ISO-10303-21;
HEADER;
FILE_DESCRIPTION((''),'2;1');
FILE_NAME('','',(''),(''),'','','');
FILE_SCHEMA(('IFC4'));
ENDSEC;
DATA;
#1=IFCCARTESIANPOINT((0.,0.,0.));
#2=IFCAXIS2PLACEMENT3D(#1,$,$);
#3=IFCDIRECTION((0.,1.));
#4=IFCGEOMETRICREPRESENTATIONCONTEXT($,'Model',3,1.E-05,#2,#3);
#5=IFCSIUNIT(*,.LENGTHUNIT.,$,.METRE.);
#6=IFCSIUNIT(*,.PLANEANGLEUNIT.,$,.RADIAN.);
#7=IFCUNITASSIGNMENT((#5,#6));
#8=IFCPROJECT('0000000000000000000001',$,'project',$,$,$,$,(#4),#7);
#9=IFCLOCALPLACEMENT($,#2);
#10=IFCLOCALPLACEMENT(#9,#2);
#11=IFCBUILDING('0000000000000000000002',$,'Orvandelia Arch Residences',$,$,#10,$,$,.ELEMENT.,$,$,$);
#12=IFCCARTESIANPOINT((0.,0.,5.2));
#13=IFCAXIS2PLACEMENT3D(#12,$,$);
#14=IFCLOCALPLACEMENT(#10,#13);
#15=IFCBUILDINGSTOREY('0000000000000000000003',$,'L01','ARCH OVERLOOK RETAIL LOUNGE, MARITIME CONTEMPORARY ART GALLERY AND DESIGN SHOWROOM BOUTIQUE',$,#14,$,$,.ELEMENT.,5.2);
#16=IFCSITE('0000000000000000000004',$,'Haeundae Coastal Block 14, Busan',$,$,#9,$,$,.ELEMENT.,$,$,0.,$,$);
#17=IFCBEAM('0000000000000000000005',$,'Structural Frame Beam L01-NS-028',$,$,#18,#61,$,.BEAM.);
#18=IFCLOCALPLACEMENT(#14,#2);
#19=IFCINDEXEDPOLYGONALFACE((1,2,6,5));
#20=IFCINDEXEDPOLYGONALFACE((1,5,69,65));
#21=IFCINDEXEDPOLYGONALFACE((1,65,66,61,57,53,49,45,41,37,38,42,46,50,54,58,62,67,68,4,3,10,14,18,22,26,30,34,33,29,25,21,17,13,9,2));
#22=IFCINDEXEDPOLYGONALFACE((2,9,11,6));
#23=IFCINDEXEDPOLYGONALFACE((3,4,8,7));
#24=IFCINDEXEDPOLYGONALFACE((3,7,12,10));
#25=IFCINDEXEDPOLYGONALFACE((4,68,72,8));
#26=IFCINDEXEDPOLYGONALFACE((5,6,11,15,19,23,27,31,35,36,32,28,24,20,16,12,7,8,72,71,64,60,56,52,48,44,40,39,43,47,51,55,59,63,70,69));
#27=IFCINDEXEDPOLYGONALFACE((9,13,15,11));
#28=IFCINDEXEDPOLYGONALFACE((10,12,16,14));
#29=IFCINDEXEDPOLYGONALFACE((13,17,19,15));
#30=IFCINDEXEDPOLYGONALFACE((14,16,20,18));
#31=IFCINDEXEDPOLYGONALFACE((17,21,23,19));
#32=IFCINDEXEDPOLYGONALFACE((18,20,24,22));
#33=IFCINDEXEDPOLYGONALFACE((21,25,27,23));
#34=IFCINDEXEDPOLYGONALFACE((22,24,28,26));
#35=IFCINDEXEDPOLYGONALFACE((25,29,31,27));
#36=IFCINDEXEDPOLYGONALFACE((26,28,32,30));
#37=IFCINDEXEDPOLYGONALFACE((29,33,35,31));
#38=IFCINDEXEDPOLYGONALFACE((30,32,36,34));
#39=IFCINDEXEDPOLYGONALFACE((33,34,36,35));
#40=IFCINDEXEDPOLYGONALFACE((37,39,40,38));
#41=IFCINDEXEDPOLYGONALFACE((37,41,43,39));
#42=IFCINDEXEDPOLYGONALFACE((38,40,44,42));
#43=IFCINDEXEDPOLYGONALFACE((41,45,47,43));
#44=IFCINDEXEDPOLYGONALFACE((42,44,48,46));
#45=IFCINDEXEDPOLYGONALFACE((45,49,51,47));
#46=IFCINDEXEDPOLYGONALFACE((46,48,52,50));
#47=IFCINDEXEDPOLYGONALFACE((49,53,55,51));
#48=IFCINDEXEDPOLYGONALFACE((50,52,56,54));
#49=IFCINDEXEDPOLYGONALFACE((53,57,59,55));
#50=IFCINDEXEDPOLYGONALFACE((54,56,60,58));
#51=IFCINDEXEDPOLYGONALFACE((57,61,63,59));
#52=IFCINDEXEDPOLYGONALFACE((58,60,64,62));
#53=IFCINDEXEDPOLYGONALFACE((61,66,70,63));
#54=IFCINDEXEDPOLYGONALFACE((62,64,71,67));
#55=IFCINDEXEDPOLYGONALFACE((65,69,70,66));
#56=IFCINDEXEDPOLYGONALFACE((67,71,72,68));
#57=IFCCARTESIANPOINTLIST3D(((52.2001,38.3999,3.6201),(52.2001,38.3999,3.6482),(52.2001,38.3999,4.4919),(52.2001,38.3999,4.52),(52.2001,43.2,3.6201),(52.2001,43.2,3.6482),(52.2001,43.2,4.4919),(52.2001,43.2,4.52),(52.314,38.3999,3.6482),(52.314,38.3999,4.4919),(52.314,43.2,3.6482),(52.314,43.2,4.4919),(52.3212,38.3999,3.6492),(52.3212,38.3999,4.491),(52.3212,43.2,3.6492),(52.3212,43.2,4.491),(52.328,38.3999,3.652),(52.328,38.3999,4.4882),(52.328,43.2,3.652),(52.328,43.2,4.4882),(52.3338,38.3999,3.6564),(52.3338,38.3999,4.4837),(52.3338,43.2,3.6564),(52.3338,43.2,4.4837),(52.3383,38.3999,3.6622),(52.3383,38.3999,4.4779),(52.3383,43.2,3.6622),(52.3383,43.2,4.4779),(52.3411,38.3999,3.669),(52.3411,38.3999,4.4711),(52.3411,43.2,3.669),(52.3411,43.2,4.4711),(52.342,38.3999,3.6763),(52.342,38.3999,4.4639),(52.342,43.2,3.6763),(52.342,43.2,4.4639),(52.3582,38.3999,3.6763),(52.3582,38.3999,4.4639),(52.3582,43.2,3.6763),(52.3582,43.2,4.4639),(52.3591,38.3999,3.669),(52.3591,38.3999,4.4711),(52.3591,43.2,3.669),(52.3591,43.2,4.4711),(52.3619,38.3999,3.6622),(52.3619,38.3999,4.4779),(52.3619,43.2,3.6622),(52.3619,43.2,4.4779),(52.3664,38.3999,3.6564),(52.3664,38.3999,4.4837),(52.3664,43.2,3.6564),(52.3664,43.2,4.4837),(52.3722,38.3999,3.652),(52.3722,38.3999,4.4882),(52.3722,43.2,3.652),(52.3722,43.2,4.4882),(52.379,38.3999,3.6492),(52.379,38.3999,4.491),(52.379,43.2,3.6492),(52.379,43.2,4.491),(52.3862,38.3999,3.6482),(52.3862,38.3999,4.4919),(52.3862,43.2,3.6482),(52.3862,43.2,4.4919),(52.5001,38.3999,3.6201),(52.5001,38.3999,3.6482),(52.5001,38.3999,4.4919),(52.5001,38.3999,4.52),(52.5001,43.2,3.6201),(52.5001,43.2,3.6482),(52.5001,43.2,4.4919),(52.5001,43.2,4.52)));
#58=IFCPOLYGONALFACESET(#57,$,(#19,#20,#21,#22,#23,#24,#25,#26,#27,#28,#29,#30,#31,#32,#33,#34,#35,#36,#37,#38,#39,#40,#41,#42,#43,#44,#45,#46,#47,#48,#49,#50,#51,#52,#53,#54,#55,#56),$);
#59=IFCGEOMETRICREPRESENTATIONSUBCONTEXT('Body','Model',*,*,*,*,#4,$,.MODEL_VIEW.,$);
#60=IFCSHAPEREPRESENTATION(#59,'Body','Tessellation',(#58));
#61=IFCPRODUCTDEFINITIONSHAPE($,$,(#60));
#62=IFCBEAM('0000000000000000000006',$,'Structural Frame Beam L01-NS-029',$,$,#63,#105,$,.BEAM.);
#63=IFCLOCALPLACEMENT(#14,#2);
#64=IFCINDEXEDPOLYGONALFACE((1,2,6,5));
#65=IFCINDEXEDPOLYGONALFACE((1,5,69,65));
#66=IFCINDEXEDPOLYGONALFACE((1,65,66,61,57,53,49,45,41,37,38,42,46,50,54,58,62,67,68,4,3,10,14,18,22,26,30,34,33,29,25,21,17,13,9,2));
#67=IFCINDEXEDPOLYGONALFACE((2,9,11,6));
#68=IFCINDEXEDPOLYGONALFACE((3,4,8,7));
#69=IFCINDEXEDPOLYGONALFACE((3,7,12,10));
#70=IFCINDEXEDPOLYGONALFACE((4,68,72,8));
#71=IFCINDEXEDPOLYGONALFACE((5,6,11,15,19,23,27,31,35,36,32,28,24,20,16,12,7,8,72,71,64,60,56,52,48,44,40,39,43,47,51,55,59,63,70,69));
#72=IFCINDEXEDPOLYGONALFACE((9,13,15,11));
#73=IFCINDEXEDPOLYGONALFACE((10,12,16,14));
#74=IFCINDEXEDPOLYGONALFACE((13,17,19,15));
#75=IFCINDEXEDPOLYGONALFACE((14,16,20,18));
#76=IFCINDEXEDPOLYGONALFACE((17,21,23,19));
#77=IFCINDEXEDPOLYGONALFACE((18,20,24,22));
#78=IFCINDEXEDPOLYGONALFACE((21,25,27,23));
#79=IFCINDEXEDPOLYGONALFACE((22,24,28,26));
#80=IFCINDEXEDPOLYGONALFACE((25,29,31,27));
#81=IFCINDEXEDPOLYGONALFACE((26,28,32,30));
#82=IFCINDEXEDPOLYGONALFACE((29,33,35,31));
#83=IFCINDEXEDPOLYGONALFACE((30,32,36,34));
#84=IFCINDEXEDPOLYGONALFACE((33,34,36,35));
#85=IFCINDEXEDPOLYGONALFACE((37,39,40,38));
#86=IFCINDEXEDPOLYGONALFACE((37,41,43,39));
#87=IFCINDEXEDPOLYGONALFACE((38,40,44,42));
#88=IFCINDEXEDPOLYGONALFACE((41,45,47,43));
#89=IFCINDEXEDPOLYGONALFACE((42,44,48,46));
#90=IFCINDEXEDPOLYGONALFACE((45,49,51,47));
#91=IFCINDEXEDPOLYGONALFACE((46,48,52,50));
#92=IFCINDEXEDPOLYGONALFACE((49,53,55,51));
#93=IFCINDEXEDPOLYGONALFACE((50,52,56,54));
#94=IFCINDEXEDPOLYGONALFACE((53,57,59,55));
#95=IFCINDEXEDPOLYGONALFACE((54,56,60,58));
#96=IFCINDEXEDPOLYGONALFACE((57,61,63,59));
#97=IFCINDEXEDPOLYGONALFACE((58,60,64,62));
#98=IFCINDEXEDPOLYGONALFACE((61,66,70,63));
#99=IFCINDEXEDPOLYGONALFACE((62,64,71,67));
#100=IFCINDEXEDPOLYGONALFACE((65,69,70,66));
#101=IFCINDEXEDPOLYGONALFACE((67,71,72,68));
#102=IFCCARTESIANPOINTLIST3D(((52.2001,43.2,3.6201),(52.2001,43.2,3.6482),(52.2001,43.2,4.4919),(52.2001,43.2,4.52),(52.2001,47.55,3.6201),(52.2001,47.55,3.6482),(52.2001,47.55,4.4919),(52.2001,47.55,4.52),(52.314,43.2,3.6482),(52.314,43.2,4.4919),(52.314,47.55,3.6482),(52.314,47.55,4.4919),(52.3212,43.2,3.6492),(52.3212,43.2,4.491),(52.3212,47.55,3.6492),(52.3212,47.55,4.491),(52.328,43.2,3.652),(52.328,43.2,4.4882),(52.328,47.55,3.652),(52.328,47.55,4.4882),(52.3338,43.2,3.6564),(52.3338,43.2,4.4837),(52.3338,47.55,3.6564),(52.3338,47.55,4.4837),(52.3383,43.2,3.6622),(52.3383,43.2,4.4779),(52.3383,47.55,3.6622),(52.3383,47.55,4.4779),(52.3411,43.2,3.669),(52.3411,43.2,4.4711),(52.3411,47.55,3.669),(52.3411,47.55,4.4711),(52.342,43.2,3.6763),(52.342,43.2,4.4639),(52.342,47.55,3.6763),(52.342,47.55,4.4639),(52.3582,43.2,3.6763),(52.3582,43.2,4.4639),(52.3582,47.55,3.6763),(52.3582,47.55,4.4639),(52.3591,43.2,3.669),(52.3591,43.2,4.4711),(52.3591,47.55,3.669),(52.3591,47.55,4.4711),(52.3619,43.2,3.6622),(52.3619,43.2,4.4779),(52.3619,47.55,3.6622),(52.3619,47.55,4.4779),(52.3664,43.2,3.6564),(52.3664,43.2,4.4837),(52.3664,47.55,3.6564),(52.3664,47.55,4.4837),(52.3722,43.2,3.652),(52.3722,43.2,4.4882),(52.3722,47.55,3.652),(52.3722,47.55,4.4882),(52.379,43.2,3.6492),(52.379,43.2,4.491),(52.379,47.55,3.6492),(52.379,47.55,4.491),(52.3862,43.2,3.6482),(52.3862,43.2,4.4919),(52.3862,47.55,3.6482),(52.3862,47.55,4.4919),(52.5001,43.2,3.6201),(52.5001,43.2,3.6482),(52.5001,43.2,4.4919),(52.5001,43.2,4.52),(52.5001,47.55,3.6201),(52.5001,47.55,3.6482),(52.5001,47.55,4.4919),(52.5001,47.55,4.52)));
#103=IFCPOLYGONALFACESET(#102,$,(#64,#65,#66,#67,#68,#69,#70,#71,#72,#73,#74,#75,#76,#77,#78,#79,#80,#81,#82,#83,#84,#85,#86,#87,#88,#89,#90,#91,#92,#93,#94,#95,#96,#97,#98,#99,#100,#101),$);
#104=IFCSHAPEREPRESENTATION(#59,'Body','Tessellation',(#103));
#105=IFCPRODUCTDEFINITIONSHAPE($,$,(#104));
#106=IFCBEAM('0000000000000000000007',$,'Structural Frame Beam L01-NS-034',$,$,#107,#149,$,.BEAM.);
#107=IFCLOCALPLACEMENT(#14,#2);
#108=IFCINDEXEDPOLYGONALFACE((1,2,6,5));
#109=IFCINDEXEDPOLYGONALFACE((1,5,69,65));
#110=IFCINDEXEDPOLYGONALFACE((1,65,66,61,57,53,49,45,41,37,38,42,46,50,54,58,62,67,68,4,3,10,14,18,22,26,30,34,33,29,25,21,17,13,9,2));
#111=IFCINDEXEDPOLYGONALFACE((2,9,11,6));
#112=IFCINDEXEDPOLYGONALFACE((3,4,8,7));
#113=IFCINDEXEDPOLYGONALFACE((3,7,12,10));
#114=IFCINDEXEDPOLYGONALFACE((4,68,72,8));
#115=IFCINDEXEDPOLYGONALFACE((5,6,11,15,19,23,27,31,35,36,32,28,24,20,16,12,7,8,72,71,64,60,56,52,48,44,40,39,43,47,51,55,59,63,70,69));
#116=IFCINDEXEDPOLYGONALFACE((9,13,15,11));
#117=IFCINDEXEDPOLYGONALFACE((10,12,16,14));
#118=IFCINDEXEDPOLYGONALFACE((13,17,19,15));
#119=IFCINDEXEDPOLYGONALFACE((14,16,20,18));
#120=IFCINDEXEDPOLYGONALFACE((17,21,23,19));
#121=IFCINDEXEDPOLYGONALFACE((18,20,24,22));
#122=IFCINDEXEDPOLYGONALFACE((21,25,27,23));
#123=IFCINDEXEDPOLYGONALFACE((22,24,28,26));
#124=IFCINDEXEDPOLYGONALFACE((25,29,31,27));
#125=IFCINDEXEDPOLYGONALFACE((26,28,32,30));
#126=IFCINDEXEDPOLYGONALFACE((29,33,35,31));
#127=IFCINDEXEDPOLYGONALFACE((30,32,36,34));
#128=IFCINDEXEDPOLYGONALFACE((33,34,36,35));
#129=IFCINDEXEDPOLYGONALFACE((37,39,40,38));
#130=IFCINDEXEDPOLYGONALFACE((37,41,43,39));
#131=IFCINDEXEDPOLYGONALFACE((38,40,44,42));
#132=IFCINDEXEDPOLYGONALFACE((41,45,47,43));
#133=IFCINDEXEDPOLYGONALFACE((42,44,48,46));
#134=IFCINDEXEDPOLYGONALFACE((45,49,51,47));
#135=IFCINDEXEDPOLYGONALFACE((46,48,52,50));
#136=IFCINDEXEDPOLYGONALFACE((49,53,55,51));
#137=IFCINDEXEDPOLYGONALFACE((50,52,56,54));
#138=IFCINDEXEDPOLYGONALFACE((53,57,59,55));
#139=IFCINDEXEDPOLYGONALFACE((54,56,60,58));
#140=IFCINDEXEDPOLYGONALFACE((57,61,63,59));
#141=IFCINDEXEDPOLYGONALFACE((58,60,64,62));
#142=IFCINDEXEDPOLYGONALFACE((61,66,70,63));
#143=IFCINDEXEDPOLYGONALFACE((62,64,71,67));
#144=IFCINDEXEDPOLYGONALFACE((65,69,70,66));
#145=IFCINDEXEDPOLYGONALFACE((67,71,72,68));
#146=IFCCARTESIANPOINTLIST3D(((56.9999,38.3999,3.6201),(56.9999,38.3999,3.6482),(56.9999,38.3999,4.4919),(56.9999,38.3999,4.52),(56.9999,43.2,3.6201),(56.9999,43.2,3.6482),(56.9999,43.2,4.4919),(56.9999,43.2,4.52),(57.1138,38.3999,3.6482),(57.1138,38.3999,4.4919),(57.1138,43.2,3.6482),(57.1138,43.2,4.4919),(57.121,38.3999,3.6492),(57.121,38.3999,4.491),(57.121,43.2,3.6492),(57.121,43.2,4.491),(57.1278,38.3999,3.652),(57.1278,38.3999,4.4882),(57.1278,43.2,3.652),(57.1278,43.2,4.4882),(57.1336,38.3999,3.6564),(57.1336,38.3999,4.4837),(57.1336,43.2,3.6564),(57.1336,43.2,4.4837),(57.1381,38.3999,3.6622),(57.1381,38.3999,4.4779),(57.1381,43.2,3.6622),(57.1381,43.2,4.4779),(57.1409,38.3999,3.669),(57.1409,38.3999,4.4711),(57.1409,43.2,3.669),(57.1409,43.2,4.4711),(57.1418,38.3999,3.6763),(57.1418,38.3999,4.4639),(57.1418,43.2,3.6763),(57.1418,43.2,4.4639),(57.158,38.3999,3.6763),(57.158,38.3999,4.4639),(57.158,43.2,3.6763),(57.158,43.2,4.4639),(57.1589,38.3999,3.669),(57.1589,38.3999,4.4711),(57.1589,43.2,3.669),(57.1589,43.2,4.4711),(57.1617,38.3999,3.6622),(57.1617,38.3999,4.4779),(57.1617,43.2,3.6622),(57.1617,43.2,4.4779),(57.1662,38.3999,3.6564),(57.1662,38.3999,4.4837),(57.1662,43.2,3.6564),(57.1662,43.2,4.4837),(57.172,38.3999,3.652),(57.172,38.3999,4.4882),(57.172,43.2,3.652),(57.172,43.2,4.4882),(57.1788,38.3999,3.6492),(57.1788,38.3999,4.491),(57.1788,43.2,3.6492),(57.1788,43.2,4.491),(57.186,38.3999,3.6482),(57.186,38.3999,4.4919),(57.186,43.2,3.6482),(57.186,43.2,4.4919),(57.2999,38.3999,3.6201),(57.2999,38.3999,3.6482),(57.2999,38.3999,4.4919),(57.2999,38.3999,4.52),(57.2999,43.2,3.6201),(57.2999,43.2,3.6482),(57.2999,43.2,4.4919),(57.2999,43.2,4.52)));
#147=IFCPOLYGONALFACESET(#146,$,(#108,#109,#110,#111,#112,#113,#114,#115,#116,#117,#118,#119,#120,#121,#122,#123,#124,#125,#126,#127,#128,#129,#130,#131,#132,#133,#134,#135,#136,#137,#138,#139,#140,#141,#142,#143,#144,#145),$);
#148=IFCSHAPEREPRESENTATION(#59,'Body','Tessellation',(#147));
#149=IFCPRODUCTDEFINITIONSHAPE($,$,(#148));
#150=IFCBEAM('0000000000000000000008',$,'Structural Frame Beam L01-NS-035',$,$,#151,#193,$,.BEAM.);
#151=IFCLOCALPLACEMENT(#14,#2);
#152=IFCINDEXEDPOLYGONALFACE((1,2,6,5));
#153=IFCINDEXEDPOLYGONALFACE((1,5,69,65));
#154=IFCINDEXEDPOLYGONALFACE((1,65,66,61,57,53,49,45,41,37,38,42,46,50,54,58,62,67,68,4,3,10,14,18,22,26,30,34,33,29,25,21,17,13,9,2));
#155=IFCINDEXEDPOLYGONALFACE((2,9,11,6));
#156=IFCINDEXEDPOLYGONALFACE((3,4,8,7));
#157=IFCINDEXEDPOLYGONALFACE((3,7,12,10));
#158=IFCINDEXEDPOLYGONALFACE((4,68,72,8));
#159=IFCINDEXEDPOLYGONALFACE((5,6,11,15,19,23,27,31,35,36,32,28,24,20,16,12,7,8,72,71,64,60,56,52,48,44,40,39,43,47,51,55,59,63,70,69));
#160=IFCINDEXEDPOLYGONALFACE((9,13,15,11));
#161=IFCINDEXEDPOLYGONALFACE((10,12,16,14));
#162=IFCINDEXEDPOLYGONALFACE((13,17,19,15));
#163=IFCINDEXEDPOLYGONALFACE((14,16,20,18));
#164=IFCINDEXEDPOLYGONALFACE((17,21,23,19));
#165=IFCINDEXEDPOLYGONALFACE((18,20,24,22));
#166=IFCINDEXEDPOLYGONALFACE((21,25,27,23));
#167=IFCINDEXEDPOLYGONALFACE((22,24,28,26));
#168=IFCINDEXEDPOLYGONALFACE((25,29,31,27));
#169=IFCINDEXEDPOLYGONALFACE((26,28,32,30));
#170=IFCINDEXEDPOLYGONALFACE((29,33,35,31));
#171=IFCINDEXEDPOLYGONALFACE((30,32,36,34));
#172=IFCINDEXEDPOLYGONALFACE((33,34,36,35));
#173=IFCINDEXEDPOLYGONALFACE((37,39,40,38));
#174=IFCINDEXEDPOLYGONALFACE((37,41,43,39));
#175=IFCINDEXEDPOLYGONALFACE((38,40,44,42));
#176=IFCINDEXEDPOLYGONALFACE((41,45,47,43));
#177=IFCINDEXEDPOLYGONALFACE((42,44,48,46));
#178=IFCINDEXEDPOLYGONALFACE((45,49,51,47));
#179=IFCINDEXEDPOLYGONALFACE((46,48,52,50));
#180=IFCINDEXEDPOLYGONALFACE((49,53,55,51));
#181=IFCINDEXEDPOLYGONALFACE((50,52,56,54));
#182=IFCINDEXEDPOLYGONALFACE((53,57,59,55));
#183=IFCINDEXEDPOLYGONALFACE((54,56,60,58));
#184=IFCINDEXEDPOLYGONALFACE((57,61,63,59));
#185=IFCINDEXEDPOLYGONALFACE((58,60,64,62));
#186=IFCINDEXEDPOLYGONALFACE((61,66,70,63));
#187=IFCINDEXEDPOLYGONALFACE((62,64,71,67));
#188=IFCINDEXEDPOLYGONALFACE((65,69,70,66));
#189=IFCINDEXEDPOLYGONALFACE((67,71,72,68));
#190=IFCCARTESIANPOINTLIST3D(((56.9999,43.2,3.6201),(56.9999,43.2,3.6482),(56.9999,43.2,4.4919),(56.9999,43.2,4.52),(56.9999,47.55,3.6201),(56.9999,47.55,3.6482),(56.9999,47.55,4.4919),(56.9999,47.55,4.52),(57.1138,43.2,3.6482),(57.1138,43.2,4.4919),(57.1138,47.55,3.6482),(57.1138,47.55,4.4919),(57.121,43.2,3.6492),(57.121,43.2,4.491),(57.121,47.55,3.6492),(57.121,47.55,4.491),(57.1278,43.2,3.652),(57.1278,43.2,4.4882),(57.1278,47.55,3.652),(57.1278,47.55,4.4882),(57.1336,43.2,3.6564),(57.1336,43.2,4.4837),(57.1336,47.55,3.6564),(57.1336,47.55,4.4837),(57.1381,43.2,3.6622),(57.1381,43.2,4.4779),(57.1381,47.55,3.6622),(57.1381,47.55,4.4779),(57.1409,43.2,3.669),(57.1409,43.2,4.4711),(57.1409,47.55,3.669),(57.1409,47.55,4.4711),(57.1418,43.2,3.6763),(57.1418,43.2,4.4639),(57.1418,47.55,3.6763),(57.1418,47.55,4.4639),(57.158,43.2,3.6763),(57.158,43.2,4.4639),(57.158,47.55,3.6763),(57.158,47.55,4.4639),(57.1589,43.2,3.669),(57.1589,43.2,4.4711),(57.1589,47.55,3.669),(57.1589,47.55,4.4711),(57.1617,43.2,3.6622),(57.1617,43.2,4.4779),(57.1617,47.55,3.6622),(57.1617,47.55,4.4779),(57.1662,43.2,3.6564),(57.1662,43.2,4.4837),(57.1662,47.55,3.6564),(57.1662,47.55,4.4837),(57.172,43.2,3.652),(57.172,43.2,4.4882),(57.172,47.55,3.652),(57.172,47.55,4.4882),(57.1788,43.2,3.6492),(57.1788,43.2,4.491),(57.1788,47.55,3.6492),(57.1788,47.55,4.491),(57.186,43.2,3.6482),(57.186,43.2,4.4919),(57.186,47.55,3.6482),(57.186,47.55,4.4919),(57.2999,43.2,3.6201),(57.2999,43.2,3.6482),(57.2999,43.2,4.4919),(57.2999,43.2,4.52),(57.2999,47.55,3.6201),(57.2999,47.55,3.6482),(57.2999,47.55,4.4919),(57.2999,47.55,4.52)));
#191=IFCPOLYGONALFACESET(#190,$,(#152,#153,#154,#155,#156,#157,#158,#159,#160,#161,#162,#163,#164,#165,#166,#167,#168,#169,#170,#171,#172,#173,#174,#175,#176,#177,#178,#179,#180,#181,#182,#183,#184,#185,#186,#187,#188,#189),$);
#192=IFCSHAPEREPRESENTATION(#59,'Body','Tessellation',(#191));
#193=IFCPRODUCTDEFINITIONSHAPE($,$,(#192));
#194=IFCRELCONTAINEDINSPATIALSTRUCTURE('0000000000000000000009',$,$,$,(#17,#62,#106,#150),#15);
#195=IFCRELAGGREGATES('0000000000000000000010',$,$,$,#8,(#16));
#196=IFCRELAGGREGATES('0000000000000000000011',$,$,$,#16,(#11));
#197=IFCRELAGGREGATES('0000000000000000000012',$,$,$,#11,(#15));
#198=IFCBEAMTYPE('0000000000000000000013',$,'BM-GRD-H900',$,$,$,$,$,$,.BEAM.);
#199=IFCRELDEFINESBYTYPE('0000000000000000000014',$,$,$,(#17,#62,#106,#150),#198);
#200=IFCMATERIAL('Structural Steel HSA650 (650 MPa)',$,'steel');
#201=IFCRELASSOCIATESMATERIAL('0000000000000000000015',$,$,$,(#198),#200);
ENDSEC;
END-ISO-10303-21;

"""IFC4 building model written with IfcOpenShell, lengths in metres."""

from ifc_helpers import new_model, si_unit, direction, frame, origin, origin_2d, place, context, subcontext, project, spatial, i_section, extrude, material, material_profile, profile_set, type_object, element, save


model = new_model("IFC4")

# Units and contexts
model_context = context("Model", 3, precision=1e-05, world=origin(), true_north=direction((0.0, 1.0)))
body_context = subcontext(model_context, "Body", "Model", "MODEL_VIEW")
ifc_project = project(units=[si_unit("LENGTHUNIT", "METRE"), si_unit("PLANEANGLEUNIT", "RADIAN")], contexts=[model_context])

# Site, building, storey
site_placement = place(None, origin())
site = spatial("IfcSite", under=ifc_project, at=site_placement, Name="Haeundae Coastal Block 14, Busan", CompositionType="ELEMENT", RefElevation=0.0)
building_placement = place(site_placement, origin())
building = spatial("IfcBuilding", under=site, at=building_placement, Name="Orvandelia Arch Residences", CompositionType="ELEMENT")
storey_placement = place(building_placement, frame((0.0, 0.0, 5.2)))
storey = spatial("IfcBuildingStorey", under=building, at=storey_placement, Name="L01", Description="ARCH OVERLOOK RETAIL LOUNGE, MARITIME CONTEMPORARY ART GALLERY AND DESIGN SHOWROOM BOUTIQUE", CompositionType="ELEMENT", Elevation=5.2)

# Beams
ifc_material_1 = material(Name="Structural Steel HSA650 (650 MPa)", Category="steel")
ifc_material_profile_1 = material_profile(ifc_material_1, i_section(OverallWidth=0.3, OverallDepth=0.8999, WebThickness=0.0161, FlangeThickness=0.0281, FilletRadius=0.0281, at=origin_2d()), Name="Structural Steel HSA650 (650 MPa)", Category="steel")
ifc_profile_set_1 = profile_set([ifc_material_profile_1], Name="Structural Steel HSA650 (650 MPa)")
beam_type = type_object("IfcBeamType", Name="BM-GRD-H900", PredefinedType="BEAM", material=ifc_profile_set_1)
beam_1_placement = place(storey_placement, frame((52.3501, 38.3999, 4.0701), z_axis=(0.0, 1.0, 0.0), x_axis=(-1.0, 0.0, 0.0)))
element("IfcBeam", 1, at=beam_1_placement, inside=storey, type_object=beam_type, Name="Structural Frame Beam L01-NS-028", PredefinedType="BEAM", context=body_context, shape_type="SweptSolid", body=[
    extrude(i_section(OverallWidth=0.3, OverallDepth=0.8999, WebThickness=0.0161, FlangeThickness=0.0281, FilletRadius=0.0281, at=origin_2d()), origin(), (0.0, 0.0, 1.0), 4.8),
])
beam_2_placement = place(storey_placement, frame((52.3501, 43.2, 4.0701), z_axis=(0.0, 1.0, 0.0), x_axis=(-1.0, 0.0, 0.0)))
element("IfcBeam", 2, at=beam_2_placement, inside=storey, type_object=beam_type, Name="Structural Frame Beam L01-NS-029", PredefinedType="BEAM", context=body_context, shape_type="SweptSolid", body=[
    extrude(i_section(OverallWidth=0.3, OverallDepth=0.8999, WebThickness=0.0161, FlangeThickness=0.0281, FilletRadius=0.0281, at=origin_2d()), origin(), (0.0, 0.0, 1.0), 4.3501),
])
beam_3_placement = place(storey_placement, frame((57.1499, 38.3999, 4.0701), z_axis=(0.0, 1.0, 0.0), x_axis=(-1.0, 0.0, 0.0)))
element("IfcBeam", 3, at=beam_3_placement, inside=storey, type_object=beam_type, Name="Structural Frame Beam L01-NS-034", PredefinedType="BEAM", context=body_context, shape_type="SweptSolid", body=[
    extrude(i_section(OverallWidth=0.3, OverallDepth=0.8999, WebThickness=0.0161, FlangeThickness=0.0281, FilletRadius=0.0281, at=origin_2d()), origin(), (0.0, 0.0, 1.0), 4.8),
])
beam_4_placement = place(storey_placement, frame((57.1499, 43.2, 4.0701), z_axis=(0.0, 1.0, 0.0), x_axis=(-1.0, 0.0, 0.0)))
element("IfcBeam", 4, at=beam_4_placement, inside=storey, type_object=beam_type, Name="Structural Frame Beam L01-NS-035", PredefinedType="BEAM", context=body_context, shape_type="SweptSolid", body=[
    extrude(i_section(OverallWidth=0.3, OverallDepth=0.8999, WebThickness=0.0161, FlangeThickness=0.0281, FilletRadius=0.0281, at=origin_2d()), origin(), (0.0, 0.0, 1.0), 4.3501),
])

save(model, "model.ifc")
